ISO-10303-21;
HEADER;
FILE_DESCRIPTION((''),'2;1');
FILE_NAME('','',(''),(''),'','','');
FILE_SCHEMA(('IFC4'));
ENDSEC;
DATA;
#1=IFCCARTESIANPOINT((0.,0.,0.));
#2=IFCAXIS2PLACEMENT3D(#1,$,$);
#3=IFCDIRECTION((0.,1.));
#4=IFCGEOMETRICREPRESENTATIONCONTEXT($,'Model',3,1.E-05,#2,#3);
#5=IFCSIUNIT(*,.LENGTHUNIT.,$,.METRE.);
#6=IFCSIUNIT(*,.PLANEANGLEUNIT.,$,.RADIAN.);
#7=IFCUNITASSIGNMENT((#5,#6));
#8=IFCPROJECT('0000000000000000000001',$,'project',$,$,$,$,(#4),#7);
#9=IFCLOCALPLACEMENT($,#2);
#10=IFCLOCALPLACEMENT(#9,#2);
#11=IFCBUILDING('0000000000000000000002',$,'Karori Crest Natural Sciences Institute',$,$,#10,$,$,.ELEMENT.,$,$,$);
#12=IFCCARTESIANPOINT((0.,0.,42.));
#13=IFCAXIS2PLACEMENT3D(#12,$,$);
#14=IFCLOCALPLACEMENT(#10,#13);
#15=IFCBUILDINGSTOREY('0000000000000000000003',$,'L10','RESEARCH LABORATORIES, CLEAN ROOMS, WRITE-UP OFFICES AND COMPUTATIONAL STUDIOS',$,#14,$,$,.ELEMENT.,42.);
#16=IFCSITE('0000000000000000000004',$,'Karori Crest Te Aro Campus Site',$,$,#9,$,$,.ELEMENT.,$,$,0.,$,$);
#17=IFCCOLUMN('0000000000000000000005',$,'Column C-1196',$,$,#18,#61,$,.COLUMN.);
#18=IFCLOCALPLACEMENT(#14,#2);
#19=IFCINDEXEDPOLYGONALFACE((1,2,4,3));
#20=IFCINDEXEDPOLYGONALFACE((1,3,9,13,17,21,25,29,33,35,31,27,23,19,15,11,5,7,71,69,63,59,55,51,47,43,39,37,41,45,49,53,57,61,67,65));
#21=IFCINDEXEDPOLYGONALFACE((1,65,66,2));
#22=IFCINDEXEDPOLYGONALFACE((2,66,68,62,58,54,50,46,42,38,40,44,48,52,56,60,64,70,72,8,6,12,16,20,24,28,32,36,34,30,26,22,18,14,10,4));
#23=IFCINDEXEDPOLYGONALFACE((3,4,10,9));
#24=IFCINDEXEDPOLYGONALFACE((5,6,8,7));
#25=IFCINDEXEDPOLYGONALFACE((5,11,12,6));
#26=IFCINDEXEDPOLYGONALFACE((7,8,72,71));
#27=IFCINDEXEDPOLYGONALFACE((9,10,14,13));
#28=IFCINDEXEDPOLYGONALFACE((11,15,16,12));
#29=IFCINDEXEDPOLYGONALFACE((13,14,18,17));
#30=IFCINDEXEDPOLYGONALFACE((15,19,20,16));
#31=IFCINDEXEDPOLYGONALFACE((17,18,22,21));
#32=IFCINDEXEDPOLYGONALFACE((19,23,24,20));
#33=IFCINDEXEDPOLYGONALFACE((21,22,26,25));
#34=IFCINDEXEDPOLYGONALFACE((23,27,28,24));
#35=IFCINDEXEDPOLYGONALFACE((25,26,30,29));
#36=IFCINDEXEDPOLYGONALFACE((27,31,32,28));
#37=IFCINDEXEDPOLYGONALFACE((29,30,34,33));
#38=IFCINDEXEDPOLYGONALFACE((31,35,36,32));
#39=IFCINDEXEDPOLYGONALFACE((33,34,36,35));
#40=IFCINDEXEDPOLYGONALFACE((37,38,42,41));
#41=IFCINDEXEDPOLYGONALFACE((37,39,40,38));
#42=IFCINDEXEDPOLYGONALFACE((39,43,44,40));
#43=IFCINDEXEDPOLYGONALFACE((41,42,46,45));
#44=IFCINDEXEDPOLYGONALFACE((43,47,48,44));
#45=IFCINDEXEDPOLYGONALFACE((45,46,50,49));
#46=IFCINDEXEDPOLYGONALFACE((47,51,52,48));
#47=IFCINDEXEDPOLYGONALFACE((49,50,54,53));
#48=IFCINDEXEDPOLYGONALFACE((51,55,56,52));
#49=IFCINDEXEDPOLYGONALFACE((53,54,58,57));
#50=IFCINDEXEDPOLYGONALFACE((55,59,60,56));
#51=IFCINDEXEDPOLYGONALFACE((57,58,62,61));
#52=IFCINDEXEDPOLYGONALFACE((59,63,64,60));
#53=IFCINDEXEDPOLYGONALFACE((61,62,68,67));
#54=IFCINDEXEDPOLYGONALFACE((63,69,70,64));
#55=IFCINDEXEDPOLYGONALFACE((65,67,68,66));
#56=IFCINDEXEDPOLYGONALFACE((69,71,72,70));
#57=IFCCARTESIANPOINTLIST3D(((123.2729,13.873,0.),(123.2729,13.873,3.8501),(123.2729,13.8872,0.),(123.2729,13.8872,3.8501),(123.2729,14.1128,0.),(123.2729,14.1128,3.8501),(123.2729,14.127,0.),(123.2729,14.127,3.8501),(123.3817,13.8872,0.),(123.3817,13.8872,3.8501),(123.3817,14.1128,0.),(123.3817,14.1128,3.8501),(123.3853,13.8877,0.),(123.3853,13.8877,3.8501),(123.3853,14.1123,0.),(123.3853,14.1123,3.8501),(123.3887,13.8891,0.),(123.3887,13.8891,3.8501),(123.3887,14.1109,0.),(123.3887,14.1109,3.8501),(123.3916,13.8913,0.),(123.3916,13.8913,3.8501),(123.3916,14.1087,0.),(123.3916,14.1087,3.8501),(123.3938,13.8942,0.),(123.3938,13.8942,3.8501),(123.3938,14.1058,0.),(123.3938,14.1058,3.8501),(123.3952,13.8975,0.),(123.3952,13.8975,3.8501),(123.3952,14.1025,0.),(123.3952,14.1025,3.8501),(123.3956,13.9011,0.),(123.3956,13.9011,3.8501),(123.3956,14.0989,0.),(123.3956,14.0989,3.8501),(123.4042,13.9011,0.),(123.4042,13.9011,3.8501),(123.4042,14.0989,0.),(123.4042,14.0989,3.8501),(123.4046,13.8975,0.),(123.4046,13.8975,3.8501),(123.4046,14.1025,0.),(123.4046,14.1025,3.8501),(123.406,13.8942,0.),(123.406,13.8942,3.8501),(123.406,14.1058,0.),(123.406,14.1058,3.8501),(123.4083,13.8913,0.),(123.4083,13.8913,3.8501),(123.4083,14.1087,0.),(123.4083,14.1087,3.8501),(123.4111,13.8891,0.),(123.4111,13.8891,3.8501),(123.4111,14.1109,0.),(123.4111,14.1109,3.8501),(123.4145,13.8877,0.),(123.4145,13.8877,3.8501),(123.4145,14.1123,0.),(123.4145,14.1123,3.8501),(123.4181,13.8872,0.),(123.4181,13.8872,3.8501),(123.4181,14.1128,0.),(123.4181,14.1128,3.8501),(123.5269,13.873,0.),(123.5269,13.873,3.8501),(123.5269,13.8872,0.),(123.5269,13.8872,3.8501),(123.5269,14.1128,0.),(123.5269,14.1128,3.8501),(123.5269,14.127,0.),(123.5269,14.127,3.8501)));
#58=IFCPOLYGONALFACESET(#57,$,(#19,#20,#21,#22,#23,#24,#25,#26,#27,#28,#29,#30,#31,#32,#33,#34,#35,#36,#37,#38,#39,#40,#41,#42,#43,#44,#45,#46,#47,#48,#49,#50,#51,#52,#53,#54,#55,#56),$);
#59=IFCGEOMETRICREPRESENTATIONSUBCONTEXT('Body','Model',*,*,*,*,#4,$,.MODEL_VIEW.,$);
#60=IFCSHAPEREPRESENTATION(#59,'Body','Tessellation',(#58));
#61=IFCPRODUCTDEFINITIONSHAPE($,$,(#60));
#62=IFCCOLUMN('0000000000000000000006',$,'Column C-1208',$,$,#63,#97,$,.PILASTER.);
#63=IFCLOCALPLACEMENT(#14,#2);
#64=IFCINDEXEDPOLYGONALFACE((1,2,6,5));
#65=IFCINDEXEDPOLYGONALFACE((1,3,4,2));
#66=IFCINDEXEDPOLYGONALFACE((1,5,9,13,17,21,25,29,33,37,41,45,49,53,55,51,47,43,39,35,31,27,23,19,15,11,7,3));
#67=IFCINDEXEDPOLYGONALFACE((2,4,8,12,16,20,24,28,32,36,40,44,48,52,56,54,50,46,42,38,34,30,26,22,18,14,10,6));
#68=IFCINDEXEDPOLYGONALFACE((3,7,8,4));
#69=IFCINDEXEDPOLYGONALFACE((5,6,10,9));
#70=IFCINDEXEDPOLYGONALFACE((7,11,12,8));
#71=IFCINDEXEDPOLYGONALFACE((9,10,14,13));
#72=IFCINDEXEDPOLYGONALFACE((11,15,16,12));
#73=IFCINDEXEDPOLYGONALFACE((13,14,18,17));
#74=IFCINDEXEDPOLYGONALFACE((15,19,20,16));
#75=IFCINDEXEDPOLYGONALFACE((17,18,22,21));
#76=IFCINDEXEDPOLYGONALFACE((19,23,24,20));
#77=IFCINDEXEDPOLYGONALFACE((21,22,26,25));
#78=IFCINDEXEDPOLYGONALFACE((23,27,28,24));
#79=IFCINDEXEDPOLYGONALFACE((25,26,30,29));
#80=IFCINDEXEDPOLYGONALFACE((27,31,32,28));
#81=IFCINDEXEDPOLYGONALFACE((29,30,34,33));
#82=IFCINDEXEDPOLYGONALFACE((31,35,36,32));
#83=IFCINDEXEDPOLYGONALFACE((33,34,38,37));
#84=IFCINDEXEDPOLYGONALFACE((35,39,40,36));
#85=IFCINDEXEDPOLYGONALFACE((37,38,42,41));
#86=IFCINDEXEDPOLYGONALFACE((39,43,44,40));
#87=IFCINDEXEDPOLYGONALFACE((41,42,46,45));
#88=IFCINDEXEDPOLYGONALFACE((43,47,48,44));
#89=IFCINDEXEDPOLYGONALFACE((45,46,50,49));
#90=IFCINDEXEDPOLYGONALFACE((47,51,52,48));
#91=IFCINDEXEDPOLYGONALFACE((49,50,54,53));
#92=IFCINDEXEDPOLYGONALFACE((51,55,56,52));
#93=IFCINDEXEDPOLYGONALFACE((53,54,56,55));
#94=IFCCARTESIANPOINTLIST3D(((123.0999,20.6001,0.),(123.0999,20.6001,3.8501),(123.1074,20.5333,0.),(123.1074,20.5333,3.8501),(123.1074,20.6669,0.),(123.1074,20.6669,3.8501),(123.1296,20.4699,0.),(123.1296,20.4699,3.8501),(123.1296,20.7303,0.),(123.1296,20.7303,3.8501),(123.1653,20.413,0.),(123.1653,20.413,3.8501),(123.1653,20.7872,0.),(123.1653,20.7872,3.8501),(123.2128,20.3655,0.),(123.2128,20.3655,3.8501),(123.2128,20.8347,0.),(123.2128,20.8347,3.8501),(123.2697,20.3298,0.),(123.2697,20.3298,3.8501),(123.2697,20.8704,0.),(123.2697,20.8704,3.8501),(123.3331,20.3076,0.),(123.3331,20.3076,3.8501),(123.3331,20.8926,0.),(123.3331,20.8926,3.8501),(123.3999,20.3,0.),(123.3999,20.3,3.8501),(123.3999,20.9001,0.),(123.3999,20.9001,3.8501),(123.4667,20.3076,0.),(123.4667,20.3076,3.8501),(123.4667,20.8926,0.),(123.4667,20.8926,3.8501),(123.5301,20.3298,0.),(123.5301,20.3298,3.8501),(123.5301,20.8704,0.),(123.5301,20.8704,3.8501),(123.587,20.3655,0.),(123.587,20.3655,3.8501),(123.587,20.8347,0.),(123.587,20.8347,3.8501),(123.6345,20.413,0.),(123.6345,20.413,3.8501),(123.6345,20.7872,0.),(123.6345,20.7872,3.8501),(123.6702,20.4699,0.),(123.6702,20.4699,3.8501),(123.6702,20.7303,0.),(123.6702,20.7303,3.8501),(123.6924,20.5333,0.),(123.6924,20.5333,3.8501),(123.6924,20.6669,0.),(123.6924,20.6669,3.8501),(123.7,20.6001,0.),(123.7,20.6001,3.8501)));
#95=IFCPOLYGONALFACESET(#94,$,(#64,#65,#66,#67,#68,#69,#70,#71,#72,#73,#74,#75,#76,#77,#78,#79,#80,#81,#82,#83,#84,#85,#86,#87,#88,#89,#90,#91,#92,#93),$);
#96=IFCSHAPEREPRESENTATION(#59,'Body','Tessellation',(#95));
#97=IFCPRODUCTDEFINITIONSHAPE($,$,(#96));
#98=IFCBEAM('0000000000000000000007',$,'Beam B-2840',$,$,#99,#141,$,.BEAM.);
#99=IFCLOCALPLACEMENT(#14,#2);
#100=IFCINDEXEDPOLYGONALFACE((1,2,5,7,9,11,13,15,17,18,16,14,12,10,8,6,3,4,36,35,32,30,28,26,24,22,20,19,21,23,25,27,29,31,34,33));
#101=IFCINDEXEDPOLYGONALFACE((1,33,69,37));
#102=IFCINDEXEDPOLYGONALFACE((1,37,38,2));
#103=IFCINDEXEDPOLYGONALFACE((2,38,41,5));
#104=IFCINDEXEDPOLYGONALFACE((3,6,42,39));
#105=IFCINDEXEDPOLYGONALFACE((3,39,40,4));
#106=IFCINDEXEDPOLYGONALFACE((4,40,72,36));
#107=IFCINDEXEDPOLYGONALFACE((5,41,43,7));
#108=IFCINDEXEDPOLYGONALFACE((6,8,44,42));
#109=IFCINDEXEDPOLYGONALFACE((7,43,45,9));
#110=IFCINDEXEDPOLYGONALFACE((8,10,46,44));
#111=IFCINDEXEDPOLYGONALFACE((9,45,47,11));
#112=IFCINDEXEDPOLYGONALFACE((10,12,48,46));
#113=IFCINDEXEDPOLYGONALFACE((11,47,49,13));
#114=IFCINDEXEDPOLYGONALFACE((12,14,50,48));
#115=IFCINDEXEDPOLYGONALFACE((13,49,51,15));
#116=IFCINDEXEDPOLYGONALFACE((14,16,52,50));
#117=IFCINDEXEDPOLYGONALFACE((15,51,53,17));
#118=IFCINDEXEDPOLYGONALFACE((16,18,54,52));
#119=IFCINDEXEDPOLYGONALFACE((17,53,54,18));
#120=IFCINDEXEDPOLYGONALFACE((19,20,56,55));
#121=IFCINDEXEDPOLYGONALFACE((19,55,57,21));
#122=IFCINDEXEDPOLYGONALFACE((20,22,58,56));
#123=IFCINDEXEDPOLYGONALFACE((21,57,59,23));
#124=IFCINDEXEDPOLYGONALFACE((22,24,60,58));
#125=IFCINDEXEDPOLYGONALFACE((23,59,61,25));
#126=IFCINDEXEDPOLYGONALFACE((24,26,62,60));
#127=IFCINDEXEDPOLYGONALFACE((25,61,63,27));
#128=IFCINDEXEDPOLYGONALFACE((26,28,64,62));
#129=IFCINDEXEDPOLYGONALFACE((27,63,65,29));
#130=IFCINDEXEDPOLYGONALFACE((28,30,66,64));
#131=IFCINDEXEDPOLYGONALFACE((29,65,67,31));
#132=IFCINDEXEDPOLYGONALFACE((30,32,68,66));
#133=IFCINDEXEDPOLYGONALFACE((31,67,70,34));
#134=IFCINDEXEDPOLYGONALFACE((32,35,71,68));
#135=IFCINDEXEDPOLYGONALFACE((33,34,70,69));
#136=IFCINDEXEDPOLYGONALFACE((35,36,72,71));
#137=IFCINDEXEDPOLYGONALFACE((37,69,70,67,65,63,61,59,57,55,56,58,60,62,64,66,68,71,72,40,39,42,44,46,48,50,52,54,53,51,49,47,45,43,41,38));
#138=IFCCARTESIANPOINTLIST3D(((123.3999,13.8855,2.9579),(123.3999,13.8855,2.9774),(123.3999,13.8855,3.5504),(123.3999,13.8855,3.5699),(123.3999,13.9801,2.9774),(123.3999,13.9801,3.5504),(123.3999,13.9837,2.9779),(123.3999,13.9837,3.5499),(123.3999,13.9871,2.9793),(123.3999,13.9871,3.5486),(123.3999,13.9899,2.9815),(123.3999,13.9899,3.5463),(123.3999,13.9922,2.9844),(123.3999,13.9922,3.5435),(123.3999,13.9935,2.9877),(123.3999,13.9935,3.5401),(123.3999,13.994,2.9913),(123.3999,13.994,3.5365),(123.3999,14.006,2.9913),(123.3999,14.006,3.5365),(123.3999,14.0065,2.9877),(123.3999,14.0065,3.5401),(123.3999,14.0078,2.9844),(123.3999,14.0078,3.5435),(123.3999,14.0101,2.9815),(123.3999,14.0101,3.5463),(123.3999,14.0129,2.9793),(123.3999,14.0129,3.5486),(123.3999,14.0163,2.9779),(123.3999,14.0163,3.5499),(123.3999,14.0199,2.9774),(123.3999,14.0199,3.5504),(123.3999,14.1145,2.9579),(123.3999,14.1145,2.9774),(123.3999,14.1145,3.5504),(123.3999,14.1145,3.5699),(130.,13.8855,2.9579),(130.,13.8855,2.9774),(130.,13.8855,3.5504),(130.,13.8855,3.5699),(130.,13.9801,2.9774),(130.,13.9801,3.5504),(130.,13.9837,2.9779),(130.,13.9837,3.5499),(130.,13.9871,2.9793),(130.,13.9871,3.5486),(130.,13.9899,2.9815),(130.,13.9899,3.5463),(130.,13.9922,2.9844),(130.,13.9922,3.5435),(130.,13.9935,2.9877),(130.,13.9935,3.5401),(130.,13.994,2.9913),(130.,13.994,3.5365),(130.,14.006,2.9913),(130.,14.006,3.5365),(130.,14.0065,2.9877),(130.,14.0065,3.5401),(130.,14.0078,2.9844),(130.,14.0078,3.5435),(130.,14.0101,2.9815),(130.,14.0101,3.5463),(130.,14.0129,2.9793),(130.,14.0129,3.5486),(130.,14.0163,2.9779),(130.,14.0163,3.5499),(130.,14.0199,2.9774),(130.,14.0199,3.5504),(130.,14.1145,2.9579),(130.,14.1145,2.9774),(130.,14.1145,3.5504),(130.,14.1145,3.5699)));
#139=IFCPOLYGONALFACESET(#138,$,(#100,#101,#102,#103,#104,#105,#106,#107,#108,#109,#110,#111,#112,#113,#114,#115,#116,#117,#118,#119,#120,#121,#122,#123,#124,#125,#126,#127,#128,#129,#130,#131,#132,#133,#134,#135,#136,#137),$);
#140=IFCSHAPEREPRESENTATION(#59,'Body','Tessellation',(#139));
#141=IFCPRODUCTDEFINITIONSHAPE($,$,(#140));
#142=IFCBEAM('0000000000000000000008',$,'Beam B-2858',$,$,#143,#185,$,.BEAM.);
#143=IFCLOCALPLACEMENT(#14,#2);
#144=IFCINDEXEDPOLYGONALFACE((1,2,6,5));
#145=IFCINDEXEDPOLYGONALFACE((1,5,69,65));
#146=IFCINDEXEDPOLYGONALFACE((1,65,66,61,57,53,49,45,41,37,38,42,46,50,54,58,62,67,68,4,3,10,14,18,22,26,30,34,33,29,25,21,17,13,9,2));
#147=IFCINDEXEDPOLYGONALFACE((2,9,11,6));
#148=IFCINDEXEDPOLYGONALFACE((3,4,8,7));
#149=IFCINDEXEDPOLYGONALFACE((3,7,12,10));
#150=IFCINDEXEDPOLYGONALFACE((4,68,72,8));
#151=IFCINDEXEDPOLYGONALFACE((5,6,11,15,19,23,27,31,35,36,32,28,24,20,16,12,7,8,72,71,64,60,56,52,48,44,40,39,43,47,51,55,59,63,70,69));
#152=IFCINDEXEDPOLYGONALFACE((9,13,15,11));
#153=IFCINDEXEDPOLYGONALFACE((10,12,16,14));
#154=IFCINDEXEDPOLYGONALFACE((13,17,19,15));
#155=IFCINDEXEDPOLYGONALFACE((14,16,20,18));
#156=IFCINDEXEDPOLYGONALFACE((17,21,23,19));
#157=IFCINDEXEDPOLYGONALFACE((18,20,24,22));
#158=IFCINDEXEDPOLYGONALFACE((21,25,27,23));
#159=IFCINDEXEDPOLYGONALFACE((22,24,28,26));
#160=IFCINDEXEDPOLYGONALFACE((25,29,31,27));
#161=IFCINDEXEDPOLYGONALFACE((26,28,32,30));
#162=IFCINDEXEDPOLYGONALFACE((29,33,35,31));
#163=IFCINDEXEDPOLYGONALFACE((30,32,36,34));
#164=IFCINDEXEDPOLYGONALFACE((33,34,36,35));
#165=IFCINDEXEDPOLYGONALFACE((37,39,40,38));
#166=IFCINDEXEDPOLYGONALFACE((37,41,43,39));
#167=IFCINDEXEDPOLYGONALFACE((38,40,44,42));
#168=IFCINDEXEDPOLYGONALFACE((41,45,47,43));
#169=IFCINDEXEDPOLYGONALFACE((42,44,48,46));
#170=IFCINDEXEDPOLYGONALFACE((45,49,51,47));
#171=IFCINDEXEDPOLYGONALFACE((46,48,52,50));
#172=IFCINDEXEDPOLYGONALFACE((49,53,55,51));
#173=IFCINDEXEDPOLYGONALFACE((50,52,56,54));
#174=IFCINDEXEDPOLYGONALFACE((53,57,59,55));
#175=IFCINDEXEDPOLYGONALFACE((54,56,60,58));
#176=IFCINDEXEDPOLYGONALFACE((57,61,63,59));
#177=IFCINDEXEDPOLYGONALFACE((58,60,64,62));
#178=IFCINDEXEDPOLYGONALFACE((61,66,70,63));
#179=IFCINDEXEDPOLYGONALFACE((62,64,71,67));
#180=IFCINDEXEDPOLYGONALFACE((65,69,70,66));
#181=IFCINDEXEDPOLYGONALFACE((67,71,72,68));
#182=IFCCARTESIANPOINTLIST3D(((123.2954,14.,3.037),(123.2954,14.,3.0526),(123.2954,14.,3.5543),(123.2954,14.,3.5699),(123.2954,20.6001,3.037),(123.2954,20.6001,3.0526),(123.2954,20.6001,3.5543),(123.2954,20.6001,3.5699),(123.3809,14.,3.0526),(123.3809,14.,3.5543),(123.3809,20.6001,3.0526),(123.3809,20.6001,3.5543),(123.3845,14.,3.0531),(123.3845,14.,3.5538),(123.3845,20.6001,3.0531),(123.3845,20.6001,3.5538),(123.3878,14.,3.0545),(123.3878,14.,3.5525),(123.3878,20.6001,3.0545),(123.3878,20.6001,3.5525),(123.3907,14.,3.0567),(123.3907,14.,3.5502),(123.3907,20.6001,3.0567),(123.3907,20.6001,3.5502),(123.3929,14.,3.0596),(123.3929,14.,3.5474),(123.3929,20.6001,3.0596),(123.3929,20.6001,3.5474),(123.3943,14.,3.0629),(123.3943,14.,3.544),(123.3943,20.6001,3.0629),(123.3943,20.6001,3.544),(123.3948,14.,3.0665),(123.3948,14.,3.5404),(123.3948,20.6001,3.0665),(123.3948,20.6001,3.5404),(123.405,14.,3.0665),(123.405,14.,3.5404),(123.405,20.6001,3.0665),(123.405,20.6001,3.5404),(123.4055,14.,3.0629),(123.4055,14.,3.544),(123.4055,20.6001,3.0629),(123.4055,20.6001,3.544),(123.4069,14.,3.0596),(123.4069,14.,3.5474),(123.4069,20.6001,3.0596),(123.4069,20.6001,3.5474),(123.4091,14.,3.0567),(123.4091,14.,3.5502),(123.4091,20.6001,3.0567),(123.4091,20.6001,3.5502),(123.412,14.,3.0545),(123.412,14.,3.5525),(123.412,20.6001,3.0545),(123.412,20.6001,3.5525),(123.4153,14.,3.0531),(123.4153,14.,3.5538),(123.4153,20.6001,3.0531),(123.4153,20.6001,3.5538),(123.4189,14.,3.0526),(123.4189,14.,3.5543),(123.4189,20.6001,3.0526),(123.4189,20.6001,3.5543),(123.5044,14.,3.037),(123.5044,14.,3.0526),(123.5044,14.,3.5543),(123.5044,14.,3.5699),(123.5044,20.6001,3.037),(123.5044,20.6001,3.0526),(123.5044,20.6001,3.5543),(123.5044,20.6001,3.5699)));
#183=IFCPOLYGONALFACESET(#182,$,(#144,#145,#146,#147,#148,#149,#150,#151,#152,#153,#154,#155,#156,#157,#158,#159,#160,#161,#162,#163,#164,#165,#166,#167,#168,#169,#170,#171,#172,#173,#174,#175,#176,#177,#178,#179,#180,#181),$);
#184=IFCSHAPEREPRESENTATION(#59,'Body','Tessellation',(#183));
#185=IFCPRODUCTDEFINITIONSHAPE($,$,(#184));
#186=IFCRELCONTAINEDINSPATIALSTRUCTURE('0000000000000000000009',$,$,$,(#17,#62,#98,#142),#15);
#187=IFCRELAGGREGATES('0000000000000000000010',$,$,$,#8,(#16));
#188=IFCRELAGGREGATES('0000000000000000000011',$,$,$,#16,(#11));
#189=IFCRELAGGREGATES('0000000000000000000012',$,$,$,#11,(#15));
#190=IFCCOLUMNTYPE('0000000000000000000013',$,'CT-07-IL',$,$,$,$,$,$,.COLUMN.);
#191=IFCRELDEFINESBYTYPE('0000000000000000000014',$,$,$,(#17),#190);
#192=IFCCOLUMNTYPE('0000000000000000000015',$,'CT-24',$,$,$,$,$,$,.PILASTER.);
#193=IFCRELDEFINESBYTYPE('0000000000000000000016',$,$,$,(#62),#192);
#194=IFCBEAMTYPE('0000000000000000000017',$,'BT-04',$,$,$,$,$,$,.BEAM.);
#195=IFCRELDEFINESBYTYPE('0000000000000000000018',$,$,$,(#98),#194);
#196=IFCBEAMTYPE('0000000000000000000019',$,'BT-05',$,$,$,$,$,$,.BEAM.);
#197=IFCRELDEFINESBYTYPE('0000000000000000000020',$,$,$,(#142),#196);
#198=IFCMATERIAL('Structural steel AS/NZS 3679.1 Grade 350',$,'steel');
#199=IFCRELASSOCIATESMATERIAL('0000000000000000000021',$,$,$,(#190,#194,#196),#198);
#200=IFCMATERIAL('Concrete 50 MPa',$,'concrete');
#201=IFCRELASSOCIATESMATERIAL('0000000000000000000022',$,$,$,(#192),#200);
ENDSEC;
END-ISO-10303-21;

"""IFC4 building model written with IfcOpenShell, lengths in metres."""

from ifc_helpers import new_model, si_unit, direction, frame, origin, origin_2d, place, context, subcontext, project, spatial, circle, i_section, extrude, material, material_profile, profile_set, type_object, element, save


model = new_model("IFC4")

# Units and contexts
model_context = context("Model", 3, precision=1e-05, world=origin(), true_north=direction((0.0, 1.0)))
body_context = subcontext(model_context, "Body", "Model", "MODEL_VIEW")
ifc_project = project(units=[si_unit("LENGTHUNIT", "METRE"), si_unit("PLANEANGLEUNIT", "RADIAN")], contexts=[model_context])

# Site, building, storey
site_placement = place(None, origin())
site = spatial("IfcSite", under=ifc_project, at=site_placement, Name="Karori Crest Te Aro Campus Site", CompositionType="ELEMENT", RefElevation=0.0)
building_placement = place(site_placement, origin())
building = spatial("IfcBuilding", under=site, at=building_placement, Name="Karori Crest Natural Sciences Institute", CompositionType="ELEMENT")
storey_placement = place(building_placement, frame((0.0, 0.0, 42.0)))
storey = spatial("IfcBuildingStorey", under=building, at=storey_placement, Name="L10", Description="RESEARCH LABORATORIES, CLEAN ROOMS, WRITE-UP OFFICES AND COMPUTATIONAL STUDIOS", CompositionType="ELEMENT", Elevation=42.0)

# Columns
ifc_material_1 = material(Name="Structural steel AS/NZS 3679.1 Grade 350", Category="steel")
ifc_material_profile_1 = material_profile(ifc_material_1, i_section(OverallWidth=0.2539, OverallDepth=0.2539, WebThickness=0.0085, FlangeThickness=0.0142, FilletRadius=0.0139, at=origin_2d()), Name="250UC72.9")
ifc_profile_set_1 = profile_set([ifc_material_profile_1], Name="Structural steel AS/NZS 3679.1 Grade 350")
column_type_1 = type_object("IfcColumnType", Name="CT-07-IL", PredefinedType="COLUMN", material=ifc_profile_set_1)
column_1_placement = place(storey_placement, frame((123.3999, 14.0, 0.0), z_axis=(0.0, 0.0, 1.0), x_axis=(1.0, 0.0, 0.0)))
element("IfcColumn", 1, at=column_1_placement, inside=storey, type_object=column_type_1, Name="Column C-1196", PredefinedType="COLUMN", context=body_context, shape_type="SweptSolid", body=[
    extrude(i_section(OverallWidth=0.2539, OverallDepth=0.2539, WebThickness=0.0085, FlangeThickness=0.0142, FilletRadius=0.0139, at=origin_2d()), origin(), (0.0, 0.0, 1.0), 3.8501),
])
ifc_material_2 = material(Name="Concrete 50 MPa", Category="concrete")
ifc_material_profile_2 = material_profile(ifc_material_2, circle(Radius=0.3, at=origin_2d()), Name="RCC600")
ifc_profile_set_2 = profile_set([ifc_material_profile_2], Name="Concrete 50 MPa")
column_type_2 = type_object("IfcColumnType", Name="CT-24", PredefinedType="PILASTER", material=ifc_profile_set_2)
column_2_placement = place(storey_placement, frame((123.3999, 20.6001, 0.0), z_axis=(0.0, 0.0, 1.0), x_axis=(1.0, 0.0, 0.0)))
element("IfcColumn", 2, at=column_2_placement, inside=storey, type_object=column_type_2, Name="Column C-1208", PredefinedType="PILASTER", context=body_context, shape_type="SweptSolid", body=[
    extrude(circle(Radius=0.3, at=origin_2d()), origin(), (0.0, 0.0, 1.0), 3.8501),
])

# Beams
ifc_material_profile_3 = material_profile(ifc_material_1, i_section(OverallWidth=0.229, OverallDepth=0.6121, WebThickness=0.012, FlangeThickness=0.0195, FilletRadius=0.0139, at=origin_2d()), Name="610UB125")
ifc_profile_set_3 = profile_set([ifc_material_profile_3], Name="Structural steel AS/NZS 3679.1 Grade 350")
beam_type_1 = type_object("IfcBeamType", Name="BT-04", PredefinedType="BEAM", material=ifc_profile_set_3)
beam_1_placement = place(storey_placement, frame((123.3999, 14.0, 3.2639), z_axis=(1.0, 0.0, 0.0), x_axis=(0.0, 1.0, 0.0)))
element("IfcBeam", 3, at=beam_1_placement, inside=storey, type_object=beam_type_1, Name="Beam B-2840", PredefinedType="BEAM", context=body_context, shape_type="SweptSolid", body=[
    extrude(i_section(OverallWidth=0.229, OverallDepth=0.6121, WebThickness=0.012, FlangeThickness=0.0195, FilletRadius=0.0139, at=origin_2d()), origin(), (0.0, 0.0, 1.0), 6.6001),
])
ifc_material_profile_4 = material_profile(ifc_material_1, i_section(OverallWidth=0.209, OverallDepth=0.533, WebThickness=0.0103, FlangeThickness=0.0156, FilletRadius=0.0139, at=origin_2d()), Name="530UB92.4")
ifc_profile_set_4 = profile_set([ifc_material_profile_4], Name="Structural steel AS/NZS 3679.1 Grade 350")
beam_type_2 = type_object("IfcBeamType", Name="BT-05", PredefinedType="BEAM", material=ifc_profile_set_4)
beam_2_placement = place(storey_placement, frame((123.3999, 14.0, 3.3035), z_axis=(0.0, 1.0, 0.0), x_axis=(-1.0, 0.0, 0.0)))
element("IfcBeam", 4, at=beam_2_placement, inside=storey, type_object=beam_type_2, Name="Beam B-2858", PredefinedType="BEAM", context=body_context, shape_type="SweptSolid", body=[
    extrude(i_section(OverallWidth=0.209, OverallDepth=0.533, WebThickness=0.0103, FlangeThickness=0.0156, FilletRadius=0.0139, at=origin_2d()), origin(), (0.0, 0.0, 1.0), 6.6001),
])

save(model, "model.ifc")
